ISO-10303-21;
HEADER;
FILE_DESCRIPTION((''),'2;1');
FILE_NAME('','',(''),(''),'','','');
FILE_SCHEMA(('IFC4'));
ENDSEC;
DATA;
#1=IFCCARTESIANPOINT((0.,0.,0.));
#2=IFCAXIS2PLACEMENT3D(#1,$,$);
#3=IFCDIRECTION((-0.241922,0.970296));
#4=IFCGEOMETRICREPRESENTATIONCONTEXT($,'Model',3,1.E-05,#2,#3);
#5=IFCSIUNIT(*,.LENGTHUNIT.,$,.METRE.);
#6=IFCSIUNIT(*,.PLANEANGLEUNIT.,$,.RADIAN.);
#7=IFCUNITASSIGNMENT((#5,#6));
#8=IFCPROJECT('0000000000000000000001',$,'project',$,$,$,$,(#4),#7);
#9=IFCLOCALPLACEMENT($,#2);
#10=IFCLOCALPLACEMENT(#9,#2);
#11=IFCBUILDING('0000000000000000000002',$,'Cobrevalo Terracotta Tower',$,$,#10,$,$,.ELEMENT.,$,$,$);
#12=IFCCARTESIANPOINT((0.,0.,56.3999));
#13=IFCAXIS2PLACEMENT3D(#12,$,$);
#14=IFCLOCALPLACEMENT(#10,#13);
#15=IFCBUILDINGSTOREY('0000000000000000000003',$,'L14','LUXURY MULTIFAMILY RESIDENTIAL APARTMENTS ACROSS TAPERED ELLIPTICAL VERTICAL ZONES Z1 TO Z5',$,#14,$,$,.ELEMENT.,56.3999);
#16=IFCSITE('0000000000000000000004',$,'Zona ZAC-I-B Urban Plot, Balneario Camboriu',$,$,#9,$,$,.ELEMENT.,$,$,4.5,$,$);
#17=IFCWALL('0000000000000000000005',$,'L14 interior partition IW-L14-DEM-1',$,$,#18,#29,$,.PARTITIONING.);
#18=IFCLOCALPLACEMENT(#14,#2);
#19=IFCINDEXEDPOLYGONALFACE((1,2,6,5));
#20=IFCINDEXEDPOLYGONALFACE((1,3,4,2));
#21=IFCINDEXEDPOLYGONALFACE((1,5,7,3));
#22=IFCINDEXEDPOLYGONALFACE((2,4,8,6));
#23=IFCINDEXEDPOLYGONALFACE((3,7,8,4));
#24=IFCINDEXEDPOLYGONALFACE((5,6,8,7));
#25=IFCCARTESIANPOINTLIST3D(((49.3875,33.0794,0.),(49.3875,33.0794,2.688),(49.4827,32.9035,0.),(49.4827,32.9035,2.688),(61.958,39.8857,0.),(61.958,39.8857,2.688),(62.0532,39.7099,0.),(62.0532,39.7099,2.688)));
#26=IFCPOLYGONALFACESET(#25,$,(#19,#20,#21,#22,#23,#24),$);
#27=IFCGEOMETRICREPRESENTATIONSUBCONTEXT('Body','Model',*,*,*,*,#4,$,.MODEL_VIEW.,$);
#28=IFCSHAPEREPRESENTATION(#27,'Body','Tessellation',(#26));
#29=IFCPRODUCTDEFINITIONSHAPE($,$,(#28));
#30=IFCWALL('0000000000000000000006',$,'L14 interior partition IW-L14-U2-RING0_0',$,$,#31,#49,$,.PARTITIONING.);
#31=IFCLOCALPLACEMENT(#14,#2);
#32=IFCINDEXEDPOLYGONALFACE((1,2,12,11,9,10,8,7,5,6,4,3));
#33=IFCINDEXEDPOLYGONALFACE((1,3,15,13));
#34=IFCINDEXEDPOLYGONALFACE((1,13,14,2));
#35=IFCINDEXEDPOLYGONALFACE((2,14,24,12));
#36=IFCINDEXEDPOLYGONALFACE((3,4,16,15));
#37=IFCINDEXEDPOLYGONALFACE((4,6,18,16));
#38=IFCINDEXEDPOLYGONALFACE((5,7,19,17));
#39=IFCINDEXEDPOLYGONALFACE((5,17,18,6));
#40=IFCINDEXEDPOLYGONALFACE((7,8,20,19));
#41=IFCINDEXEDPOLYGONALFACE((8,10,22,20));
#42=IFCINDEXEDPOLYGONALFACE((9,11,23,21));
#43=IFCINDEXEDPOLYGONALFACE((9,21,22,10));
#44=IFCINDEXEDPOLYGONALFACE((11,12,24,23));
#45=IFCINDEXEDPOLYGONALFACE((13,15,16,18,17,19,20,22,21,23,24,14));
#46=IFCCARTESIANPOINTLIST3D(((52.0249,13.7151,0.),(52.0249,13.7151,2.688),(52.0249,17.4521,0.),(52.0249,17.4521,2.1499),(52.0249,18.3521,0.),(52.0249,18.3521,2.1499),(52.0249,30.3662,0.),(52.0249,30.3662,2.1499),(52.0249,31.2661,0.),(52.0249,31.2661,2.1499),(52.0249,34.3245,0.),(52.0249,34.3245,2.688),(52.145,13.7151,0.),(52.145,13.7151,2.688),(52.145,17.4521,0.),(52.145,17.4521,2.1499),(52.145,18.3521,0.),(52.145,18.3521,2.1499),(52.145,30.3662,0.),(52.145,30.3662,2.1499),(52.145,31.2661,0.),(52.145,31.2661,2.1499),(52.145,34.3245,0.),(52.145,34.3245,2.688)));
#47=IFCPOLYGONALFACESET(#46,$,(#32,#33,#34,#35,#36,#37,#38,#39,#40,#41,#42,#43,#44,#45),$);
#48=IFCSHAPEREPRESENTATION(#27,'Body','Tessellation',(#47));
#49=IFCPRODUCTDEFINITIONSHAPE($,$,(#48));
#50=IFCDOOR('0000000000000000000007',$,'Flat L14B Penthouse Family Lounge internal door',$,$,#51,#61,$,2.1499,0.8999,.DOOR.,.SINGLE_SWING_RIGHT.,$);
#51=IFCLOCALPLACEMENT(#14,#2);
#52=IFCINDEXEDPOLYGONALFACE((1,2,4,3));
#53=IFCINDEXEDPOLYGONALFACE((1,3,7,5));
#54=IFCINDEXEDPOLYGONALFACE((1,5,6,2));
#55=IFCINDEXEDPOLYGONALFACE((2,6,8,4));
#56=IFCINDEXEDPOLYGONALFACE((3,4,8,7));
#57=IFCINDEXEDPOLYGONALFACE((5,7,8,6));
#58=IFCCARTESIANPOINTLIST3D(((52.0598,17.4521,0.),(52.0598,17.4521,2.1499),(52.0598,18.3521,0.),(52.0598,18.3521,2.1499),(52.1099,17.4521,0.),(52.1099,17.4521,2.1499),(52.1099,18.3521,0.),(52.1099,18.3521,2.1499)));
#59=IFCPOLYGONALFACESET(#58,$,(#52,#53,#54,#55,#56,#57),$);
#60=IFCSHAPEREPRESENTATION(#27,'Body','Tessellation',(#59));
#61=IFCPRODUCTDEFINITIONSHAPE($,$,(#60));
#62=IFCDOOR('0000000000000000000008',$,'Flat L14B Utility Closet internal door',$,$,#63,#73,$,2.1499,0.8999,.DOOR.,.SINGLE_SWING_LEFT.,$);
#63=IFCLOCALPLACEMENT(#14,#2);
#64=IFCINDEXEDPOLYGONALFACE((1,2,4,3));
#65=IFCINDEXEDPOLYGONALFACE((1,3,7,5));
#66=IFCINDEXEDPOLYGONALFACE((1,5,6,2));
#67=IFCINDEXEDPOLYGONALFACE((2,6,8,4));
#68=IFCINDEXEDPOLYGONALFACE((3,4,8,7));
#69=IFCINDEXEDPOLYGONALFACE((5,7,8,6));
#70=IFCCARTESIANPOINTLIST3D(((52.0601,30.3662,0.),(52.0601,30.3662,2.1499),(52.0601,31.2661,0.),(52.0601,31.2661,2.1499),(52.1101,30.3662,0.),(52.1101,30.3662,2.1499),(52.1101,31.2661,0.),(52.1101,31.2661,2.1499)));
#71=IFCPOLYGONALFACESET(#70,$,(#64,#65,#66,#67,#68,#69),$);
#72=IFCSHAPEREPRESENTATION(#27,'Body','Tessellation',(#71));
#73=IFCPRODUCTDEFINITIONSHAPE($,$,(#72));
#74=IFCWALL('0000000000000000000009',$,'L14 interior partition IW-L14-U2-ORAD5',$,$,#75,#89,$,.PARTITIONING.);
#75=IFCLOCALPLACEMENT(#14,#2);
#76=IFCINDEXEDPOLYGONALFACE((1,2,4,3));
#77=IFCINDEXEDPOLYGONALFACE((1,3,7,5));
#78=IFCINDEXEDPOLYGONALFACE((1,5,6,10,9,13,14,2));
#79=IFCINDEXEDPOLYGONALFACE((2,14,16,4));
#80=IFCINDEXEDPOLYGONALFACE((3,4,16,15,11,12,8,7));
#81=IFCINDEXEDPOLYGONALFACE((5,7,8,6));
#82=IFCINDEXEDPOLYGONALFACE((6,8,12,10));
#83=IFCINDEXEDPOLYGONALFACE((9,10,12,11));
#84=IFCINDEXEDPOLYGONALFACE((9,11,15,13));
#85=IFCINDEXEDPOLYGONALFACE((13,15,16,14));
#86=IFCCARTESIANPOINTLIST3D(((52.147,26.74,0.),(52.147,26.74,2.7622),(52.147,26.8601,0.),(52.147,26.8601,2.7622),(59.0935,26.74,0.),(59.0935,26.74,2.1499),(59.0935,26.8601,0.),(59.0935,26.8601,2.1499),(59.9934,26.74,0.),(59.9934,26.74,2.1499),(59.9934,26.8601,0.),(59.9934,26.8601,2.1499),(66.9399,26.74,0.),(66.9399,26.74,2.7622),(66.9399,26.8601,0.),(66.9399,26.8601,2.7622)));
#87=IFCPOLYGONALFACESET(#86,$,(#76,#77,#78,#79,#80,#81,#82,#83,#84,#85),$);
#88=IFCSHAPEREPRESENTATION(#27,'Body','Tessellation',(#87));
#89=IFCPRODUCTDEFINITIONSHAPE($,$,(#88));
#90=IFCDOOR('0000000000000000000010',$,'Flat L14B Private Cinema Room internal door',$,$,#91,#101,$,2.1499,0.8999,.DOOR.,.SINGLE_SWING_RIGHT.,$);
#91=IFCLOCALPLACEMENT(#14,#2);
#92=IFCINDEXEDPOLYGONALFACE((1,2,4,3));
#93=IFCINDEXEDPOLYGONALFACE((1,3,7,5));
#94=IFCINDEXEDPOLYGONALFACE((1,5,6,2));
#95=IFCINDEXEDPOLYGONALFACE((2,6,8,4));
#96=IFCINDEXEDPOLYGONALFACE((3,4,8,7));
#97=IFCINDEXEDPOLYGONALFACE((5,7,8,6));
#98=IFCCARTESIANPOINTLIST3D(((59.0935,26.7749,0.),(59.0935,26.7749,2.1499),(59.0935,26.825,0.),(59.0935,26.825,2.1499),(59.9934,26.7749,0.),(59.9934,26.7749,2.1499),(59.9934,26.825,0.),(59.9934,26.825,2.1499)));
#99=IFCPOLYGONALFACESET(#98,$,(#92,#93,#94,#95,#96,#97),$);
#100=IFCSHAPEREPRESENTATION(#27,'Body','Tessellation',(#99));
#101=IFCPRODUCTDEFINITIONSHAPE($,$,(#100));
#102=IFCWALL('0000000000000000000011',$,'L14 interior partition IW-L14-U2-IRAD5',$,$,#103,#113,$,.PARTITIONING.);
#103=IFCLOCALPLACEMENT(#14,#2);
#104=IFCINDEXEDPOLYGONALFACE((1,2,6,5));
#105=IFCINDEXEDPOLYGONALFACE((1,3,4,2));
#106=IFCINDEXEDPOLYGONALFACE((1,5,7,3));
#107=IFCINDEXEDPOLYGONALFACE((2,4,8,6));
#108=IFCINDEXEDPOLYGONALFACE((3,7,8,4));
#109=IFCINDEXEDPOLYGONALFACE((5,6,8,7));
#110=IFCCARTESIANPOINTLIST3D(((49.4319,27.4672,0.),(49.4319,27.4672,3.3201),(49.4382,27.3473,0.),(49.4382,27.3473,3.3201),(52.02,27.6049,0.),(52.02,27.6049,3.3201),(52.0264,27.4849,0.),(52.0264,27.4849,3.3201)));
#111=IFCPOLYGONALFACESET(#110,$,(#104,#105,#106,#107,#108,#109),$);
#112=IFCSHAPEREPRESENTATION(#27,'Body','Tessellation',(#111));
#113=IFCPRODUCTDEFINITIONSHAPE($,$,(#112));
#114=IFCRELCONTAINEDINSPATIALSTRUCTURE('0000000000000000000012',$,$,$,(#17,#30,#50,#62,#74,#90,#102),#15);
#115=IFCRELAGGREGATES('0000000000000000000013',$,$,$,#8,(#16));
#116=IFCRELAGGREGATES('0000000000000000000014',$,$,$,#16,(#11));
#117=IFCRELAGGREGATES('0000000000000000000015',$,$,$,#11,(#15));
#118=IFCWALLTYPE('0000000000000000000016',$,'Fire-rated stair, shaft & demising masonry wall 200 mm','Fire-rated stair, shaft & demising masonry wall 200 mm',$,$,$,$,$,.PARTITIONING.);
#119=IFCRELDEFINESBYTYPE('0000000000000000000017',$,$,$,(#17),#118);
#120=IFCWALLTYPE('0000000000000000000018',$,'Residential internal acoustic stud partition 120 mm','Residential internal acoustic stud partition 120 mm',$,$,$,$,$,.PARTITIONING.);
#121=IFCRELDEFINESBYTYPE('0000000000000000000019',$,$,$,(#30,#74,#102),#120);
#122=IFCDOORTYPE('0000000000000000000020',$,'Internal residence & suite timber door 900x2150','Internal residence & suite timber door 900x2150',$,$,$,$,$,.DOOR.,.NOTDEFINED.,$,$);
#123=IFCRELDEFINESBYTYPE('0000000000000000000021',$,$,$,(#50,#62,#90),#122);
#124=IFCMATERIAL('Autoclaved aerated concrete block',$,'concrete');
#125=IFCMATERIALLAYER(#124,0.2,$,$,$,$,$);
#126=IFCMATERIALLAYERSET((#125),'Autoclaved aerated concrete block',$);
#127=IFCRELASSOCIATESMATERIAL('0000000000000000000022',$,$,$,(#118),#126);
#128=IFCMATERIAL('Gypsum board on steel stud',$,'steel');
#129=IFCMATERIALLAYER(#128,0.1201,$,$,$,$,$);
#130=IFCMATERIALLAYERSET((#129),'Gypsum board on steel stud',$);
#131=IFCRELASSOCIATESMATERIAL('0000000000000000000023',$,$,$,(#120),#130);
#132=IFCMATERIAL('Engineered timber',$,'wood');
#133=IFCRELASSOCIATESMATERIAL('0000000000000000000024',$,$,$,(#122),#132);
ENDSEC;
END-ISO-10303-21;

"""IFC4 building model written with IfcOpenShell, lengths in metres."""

from ifc_helpers import new_model, si_unit, direction, frame, frame_2d, origin, place, context, subcontext, project, spatial, rectangle, extrude, source, transform, mapped, material, layer, layer_set, type_object, element, fill, save


model = new_model("IFC4")

# Units and contexts
model_context = context("Model", 3, precision=1e-05, world=origin(), true_north=direction((-0.241922, 0.970296)))
body_context = subcontext(model_context, "Body", "Model", "MODEL_VIEW")
ifc_project = project(units=[si_unit("LENGTHUNIT", "METRE"), si_unit("PLANEANGLEUNIT", "RADIAN")], contexts=[model_context])

# Site, building, storey
site_placement = place(None, origin())
site = spatial("IfcSite", under=ifc_project, at=site_placement, Name="Zona ZAC-I-B Urban Plot, Balneario Camboriu", CompositionType="ELEMENT", RefElevation=4.5)
building_placement = place(site_placement, origin())
building = spatial("IfcBuilding", under=site, at=building_placement, Name="Cobrevalo Terracotta Tower", CompositionType="ELEMENT")
storey_placement = place(building_placement, frame((0.0, 0.0, 56.3999)))
storey = spatial("IfcBuildingStorey", under=building, at=storey_placement, Name="L14", Description="LUXURY MULTIFAMILY RESIDENTIAL APARTMENTS ACROSS TAPERED ELLIPTICAL VERTICAL ZONES Z1 TO Z5", CompositionType="ELEMENT", Elevation=56.3999)

# Wall
ifc_material_1 = material(Name="Autoclaved aerated concrete block", Category="concrete")
ifc_layer_1 = layer(ifc_material_1, 0.2)
ifc_layer_set_1 = layer_set([ifc_layer_1], Name="Autoclaved aerated concrete block")
wall_type_1 = type_object("IfcWallType", Name="Fire-rated stair, shaft & demising masonry wall 200 mm", Description="Fire-rated stair, shaft & demising masonry wall 200 mm", PredefinedType="PARTITIONING", material=ifc_layer_set_1)
wall_1_placement = place(storey_placement, frame((49.4351, 32.9915, 0.0), z_axis=(0.0, 0.0, 1.0), x_axis=(0.87937, 0.47614, 0.0)))
element("IfcWall", 1, at=wall_1_placement, inside=storey, type_object=wall_type_1, Name="L14 interior partition IW-L14-DEM-1", PredefinedType="PARTITIONING", context=body_context, shape_type="SweptSolid", body=[
    extrude(rectangle(XDim=14.2949, YDim=0.2, at=frame_2d((7.1475, 0.0))), origin(), (0.0, 0.0, 1.0), 2.688),
])

# Wall, openings, doors
ifc_material_2 = material(Name="Gypsum board on steel stud", Category="steel")
ifc_layer_2 = layer(ifc_material_2, 0.1201)
ifc_layer_set_2 = layer_set([ifc_layer_2], Name="Gypsum board on steel stud")
wall_type_2 = type_object("IfcWallType", Name="Residential internal acoustic stud partition 120 mm", Description="Residential internal acoustic stud partition 120 mm", PredefinedType="PARTITIONING", material=ifc_layer_set_2)
wall_2_placement = place(storey_placement, frame((52.085, 34.3245, 0.0), z_axis=(0.0, 0.0, 1.0), x_axis=(0.0, -1.0, 0.0)))
wall_2 = element("IfcWall", 2, at=wall_2_placement, inside=storey, type_object=wall_type_2, Name="L14 interior partition IW-L14-U2-RING0_0", PredefinedType="PARTITIONING", context=body_context, shape_type="SweptSolid", body=[
    extrude(rectangle(XDim=20.6094, YDim=0.1201, at=frame_2d((10.3047, 0.0))), origin(), (0.0, 0.0, 1.0), 2.688),
])
opening_1_placement = place(wall_2_placement, frame((15.9724, 0.0, 0.0)))
opening_1 = element("IfcOpeningElement", 3, at=opening_1_placement, cuts=wall_2, PredefinedType="OPENING", context=body_context, shape_type="SweptSolid", body=[
    extrude(rectangle(XDim=0.8999, YDim=2.1499, at=frame_2d((0.45, 1.075))), frame((0.0, 0.0701, 0.0), z_axis=(0.0, -1.0, 0.0), x_axis=(1.0, 0.0, 0.0)), (0.0, 0.0, 1.0), 0.1401),
])
opening_2_placement = place(wall_2_placement, frame((3.0583, 0.0, 0.0)))
opening_2 = element("IfcOpeningElement", 4, at=opening_2_placement, cuts=wall_2, PredefinedType="OPENING", context=body_context, shape_type="SweptSolid", body=[
    extrude(rectangle(XDim=0.8999, YDim=2.1499, at=frame_2d((0.45, 1.075))), frame((0.0, 0.0701, 0.0), z_axis=(0.0, -1.0, 0.0), x_axis=(1.0, 0.0, 0.0)), (0.0, 0.0, 1.0), 0.1401),
])
ifc_material_3 = material(Name="Engineered timber", Category="wood")
door_type = type_object("IfcDoorType", Name="Internal residence & suite timber door 900x2150", Description="Internal residence & suite timber door 900x2150", OperationType="NOTDEFINED", PredefinedType="DOOR", material=ifc_material_3)
shared_shape_1 = source(origin(), body_context, "Body", "SweptSolid", [
    extrude(rectangle(XDim=0.8999, YDim=2.1499, at=frame_2d((0.45, 1.075))), frame((0.0, 0.0249, 0.0), z_axis=(0.0, -1.0, 0.0), x_axis=(1.0, 0.0, 0.0)), (0.0, 0.0, 1.0), 0.05),
])
door_1_placement = place(opening_1_placement, origin())
door_1 = element("IfcDoor", 5, at=door_1_placement, inside=storey, type_object=door_type, Name="Flat L14B Penthouse Family Lounge internal door", OperationType="SINGLE_SWING_RIGHT", OverallHeight=2.1499, OverallWidth=0.8999, PredefinedType="DOOR", context=body_context, shape_type="MappedRepresentation", body=[
    mapped(shared_shape_1, transform((0.0, 0.0, 0.0), scale=1.0)),
])
fill(opening_1, door_1)
door_2_placement = place(opening_2_placement, frame((0.8999, 0.0, 0.0), z_axis=(0.0, 0.0, 1.0), x_axis=(-1.0, 0.0, 0.0)))
door_2 = element("IfcDoor", 6, at=door_2_placement, inside=storey, type_object=door_type, Name="Flat L14B Utility Closet internal door", OperationType="SINGLE_SWING_LEFT", OverallHeight=2.1499, OverallWidth=0.8999, PredefinedType="DOOR", context=body_context, shape_type="MappedRepresentation", body=[
    mapped(shared_shape_1, transform((0.0, 0.0, 0.0), scale=1.0)),
])
fill(opening_2, door_2)

# Wall, opening, door
wall_3_placement = place(storey_placement, frame((52.147, 26.8, 0.0), z_axis=(0.0, 0.0, 1.0), x_axis=(1.0, 0.0, 0.0)))
wall_3 = element("IfcWall", 7, at=wall_3_placement, inside=storey, type_object=wall_type_2, Name="L14 interior partition IW-L14-U2-ORAD5", PredefinedType="PARTITIONING", context=body_context, shape_type="SweptSolid", body=[
    extrude(rectangle(XDim=14.793, YDim=0.1201, at=frame_2d((7.3965, 0.0))), origin(), (0.0, 0.0, 1.0), 2.7622),
])
opening_3_placement = place(wall_3_placement, frame((6.9465, 0.0, 0.0)))
opening_3 = element("IfcOpeningElement", 8, at=opening_3_placement, cuts=wall_3, PredefinedType="OPENING", context=body_context, shape_type="SweptSolid", body=[
    extrude(rectangle(XDim=0.8999, YDim=2.1499, at=frame_2d((0.45, 1.075))), frame((0.0, 0.0701, 0.0), z_axis=(0.0, -1.0, 0.0), x_axis=(1.0, 0.0, 0.0)), (0.0, 0.0, 1.0), 0.1401),
])
door_3_placement = place(opening_3_placement, origin())
door_3 = element("IfcDoor", 9, at=door_3_placement, inside=storey, type_object=door_type, Name="Flat L14B Private Cinema Room internal door", OperationType="SINGLE_SWING_RIGHT", OverallHeight=2.1499, OverallWidth=0.8999, PredefinedType="DOOR", context=body_context, shape_type="MappedRepresentation", body=[
    mapped(shared_shape_1, transform((0.0, 0.0, 0.0), scale=1.0)),
])
fill(opening_3, door_3)

# Wall
wall_4_placement = place(storey_placement, frame((49.4351, 27.4072, 0.0), z_axis=(0.0, 0.0, 1.0), x_axis=(0.998588, 0.053127, 0.0)))
element("IfcWall", 10, at=wall_4_placement, inside=storey, type_object=wall_type_2, Name="L14 interior partition IW-L14-U2-IRAD5", PredefinedType="PARTITIONING", context=body_context, shape_type="SweptSolid", body=[
    extrude(rectangle(XDim=2.5918, YDim=0.1201, at=frame_2d((1.2959, 0.0))), origin(), (0.0, 0.0, 1.0), 3.3201),
])

save(model, "model.ifc")
